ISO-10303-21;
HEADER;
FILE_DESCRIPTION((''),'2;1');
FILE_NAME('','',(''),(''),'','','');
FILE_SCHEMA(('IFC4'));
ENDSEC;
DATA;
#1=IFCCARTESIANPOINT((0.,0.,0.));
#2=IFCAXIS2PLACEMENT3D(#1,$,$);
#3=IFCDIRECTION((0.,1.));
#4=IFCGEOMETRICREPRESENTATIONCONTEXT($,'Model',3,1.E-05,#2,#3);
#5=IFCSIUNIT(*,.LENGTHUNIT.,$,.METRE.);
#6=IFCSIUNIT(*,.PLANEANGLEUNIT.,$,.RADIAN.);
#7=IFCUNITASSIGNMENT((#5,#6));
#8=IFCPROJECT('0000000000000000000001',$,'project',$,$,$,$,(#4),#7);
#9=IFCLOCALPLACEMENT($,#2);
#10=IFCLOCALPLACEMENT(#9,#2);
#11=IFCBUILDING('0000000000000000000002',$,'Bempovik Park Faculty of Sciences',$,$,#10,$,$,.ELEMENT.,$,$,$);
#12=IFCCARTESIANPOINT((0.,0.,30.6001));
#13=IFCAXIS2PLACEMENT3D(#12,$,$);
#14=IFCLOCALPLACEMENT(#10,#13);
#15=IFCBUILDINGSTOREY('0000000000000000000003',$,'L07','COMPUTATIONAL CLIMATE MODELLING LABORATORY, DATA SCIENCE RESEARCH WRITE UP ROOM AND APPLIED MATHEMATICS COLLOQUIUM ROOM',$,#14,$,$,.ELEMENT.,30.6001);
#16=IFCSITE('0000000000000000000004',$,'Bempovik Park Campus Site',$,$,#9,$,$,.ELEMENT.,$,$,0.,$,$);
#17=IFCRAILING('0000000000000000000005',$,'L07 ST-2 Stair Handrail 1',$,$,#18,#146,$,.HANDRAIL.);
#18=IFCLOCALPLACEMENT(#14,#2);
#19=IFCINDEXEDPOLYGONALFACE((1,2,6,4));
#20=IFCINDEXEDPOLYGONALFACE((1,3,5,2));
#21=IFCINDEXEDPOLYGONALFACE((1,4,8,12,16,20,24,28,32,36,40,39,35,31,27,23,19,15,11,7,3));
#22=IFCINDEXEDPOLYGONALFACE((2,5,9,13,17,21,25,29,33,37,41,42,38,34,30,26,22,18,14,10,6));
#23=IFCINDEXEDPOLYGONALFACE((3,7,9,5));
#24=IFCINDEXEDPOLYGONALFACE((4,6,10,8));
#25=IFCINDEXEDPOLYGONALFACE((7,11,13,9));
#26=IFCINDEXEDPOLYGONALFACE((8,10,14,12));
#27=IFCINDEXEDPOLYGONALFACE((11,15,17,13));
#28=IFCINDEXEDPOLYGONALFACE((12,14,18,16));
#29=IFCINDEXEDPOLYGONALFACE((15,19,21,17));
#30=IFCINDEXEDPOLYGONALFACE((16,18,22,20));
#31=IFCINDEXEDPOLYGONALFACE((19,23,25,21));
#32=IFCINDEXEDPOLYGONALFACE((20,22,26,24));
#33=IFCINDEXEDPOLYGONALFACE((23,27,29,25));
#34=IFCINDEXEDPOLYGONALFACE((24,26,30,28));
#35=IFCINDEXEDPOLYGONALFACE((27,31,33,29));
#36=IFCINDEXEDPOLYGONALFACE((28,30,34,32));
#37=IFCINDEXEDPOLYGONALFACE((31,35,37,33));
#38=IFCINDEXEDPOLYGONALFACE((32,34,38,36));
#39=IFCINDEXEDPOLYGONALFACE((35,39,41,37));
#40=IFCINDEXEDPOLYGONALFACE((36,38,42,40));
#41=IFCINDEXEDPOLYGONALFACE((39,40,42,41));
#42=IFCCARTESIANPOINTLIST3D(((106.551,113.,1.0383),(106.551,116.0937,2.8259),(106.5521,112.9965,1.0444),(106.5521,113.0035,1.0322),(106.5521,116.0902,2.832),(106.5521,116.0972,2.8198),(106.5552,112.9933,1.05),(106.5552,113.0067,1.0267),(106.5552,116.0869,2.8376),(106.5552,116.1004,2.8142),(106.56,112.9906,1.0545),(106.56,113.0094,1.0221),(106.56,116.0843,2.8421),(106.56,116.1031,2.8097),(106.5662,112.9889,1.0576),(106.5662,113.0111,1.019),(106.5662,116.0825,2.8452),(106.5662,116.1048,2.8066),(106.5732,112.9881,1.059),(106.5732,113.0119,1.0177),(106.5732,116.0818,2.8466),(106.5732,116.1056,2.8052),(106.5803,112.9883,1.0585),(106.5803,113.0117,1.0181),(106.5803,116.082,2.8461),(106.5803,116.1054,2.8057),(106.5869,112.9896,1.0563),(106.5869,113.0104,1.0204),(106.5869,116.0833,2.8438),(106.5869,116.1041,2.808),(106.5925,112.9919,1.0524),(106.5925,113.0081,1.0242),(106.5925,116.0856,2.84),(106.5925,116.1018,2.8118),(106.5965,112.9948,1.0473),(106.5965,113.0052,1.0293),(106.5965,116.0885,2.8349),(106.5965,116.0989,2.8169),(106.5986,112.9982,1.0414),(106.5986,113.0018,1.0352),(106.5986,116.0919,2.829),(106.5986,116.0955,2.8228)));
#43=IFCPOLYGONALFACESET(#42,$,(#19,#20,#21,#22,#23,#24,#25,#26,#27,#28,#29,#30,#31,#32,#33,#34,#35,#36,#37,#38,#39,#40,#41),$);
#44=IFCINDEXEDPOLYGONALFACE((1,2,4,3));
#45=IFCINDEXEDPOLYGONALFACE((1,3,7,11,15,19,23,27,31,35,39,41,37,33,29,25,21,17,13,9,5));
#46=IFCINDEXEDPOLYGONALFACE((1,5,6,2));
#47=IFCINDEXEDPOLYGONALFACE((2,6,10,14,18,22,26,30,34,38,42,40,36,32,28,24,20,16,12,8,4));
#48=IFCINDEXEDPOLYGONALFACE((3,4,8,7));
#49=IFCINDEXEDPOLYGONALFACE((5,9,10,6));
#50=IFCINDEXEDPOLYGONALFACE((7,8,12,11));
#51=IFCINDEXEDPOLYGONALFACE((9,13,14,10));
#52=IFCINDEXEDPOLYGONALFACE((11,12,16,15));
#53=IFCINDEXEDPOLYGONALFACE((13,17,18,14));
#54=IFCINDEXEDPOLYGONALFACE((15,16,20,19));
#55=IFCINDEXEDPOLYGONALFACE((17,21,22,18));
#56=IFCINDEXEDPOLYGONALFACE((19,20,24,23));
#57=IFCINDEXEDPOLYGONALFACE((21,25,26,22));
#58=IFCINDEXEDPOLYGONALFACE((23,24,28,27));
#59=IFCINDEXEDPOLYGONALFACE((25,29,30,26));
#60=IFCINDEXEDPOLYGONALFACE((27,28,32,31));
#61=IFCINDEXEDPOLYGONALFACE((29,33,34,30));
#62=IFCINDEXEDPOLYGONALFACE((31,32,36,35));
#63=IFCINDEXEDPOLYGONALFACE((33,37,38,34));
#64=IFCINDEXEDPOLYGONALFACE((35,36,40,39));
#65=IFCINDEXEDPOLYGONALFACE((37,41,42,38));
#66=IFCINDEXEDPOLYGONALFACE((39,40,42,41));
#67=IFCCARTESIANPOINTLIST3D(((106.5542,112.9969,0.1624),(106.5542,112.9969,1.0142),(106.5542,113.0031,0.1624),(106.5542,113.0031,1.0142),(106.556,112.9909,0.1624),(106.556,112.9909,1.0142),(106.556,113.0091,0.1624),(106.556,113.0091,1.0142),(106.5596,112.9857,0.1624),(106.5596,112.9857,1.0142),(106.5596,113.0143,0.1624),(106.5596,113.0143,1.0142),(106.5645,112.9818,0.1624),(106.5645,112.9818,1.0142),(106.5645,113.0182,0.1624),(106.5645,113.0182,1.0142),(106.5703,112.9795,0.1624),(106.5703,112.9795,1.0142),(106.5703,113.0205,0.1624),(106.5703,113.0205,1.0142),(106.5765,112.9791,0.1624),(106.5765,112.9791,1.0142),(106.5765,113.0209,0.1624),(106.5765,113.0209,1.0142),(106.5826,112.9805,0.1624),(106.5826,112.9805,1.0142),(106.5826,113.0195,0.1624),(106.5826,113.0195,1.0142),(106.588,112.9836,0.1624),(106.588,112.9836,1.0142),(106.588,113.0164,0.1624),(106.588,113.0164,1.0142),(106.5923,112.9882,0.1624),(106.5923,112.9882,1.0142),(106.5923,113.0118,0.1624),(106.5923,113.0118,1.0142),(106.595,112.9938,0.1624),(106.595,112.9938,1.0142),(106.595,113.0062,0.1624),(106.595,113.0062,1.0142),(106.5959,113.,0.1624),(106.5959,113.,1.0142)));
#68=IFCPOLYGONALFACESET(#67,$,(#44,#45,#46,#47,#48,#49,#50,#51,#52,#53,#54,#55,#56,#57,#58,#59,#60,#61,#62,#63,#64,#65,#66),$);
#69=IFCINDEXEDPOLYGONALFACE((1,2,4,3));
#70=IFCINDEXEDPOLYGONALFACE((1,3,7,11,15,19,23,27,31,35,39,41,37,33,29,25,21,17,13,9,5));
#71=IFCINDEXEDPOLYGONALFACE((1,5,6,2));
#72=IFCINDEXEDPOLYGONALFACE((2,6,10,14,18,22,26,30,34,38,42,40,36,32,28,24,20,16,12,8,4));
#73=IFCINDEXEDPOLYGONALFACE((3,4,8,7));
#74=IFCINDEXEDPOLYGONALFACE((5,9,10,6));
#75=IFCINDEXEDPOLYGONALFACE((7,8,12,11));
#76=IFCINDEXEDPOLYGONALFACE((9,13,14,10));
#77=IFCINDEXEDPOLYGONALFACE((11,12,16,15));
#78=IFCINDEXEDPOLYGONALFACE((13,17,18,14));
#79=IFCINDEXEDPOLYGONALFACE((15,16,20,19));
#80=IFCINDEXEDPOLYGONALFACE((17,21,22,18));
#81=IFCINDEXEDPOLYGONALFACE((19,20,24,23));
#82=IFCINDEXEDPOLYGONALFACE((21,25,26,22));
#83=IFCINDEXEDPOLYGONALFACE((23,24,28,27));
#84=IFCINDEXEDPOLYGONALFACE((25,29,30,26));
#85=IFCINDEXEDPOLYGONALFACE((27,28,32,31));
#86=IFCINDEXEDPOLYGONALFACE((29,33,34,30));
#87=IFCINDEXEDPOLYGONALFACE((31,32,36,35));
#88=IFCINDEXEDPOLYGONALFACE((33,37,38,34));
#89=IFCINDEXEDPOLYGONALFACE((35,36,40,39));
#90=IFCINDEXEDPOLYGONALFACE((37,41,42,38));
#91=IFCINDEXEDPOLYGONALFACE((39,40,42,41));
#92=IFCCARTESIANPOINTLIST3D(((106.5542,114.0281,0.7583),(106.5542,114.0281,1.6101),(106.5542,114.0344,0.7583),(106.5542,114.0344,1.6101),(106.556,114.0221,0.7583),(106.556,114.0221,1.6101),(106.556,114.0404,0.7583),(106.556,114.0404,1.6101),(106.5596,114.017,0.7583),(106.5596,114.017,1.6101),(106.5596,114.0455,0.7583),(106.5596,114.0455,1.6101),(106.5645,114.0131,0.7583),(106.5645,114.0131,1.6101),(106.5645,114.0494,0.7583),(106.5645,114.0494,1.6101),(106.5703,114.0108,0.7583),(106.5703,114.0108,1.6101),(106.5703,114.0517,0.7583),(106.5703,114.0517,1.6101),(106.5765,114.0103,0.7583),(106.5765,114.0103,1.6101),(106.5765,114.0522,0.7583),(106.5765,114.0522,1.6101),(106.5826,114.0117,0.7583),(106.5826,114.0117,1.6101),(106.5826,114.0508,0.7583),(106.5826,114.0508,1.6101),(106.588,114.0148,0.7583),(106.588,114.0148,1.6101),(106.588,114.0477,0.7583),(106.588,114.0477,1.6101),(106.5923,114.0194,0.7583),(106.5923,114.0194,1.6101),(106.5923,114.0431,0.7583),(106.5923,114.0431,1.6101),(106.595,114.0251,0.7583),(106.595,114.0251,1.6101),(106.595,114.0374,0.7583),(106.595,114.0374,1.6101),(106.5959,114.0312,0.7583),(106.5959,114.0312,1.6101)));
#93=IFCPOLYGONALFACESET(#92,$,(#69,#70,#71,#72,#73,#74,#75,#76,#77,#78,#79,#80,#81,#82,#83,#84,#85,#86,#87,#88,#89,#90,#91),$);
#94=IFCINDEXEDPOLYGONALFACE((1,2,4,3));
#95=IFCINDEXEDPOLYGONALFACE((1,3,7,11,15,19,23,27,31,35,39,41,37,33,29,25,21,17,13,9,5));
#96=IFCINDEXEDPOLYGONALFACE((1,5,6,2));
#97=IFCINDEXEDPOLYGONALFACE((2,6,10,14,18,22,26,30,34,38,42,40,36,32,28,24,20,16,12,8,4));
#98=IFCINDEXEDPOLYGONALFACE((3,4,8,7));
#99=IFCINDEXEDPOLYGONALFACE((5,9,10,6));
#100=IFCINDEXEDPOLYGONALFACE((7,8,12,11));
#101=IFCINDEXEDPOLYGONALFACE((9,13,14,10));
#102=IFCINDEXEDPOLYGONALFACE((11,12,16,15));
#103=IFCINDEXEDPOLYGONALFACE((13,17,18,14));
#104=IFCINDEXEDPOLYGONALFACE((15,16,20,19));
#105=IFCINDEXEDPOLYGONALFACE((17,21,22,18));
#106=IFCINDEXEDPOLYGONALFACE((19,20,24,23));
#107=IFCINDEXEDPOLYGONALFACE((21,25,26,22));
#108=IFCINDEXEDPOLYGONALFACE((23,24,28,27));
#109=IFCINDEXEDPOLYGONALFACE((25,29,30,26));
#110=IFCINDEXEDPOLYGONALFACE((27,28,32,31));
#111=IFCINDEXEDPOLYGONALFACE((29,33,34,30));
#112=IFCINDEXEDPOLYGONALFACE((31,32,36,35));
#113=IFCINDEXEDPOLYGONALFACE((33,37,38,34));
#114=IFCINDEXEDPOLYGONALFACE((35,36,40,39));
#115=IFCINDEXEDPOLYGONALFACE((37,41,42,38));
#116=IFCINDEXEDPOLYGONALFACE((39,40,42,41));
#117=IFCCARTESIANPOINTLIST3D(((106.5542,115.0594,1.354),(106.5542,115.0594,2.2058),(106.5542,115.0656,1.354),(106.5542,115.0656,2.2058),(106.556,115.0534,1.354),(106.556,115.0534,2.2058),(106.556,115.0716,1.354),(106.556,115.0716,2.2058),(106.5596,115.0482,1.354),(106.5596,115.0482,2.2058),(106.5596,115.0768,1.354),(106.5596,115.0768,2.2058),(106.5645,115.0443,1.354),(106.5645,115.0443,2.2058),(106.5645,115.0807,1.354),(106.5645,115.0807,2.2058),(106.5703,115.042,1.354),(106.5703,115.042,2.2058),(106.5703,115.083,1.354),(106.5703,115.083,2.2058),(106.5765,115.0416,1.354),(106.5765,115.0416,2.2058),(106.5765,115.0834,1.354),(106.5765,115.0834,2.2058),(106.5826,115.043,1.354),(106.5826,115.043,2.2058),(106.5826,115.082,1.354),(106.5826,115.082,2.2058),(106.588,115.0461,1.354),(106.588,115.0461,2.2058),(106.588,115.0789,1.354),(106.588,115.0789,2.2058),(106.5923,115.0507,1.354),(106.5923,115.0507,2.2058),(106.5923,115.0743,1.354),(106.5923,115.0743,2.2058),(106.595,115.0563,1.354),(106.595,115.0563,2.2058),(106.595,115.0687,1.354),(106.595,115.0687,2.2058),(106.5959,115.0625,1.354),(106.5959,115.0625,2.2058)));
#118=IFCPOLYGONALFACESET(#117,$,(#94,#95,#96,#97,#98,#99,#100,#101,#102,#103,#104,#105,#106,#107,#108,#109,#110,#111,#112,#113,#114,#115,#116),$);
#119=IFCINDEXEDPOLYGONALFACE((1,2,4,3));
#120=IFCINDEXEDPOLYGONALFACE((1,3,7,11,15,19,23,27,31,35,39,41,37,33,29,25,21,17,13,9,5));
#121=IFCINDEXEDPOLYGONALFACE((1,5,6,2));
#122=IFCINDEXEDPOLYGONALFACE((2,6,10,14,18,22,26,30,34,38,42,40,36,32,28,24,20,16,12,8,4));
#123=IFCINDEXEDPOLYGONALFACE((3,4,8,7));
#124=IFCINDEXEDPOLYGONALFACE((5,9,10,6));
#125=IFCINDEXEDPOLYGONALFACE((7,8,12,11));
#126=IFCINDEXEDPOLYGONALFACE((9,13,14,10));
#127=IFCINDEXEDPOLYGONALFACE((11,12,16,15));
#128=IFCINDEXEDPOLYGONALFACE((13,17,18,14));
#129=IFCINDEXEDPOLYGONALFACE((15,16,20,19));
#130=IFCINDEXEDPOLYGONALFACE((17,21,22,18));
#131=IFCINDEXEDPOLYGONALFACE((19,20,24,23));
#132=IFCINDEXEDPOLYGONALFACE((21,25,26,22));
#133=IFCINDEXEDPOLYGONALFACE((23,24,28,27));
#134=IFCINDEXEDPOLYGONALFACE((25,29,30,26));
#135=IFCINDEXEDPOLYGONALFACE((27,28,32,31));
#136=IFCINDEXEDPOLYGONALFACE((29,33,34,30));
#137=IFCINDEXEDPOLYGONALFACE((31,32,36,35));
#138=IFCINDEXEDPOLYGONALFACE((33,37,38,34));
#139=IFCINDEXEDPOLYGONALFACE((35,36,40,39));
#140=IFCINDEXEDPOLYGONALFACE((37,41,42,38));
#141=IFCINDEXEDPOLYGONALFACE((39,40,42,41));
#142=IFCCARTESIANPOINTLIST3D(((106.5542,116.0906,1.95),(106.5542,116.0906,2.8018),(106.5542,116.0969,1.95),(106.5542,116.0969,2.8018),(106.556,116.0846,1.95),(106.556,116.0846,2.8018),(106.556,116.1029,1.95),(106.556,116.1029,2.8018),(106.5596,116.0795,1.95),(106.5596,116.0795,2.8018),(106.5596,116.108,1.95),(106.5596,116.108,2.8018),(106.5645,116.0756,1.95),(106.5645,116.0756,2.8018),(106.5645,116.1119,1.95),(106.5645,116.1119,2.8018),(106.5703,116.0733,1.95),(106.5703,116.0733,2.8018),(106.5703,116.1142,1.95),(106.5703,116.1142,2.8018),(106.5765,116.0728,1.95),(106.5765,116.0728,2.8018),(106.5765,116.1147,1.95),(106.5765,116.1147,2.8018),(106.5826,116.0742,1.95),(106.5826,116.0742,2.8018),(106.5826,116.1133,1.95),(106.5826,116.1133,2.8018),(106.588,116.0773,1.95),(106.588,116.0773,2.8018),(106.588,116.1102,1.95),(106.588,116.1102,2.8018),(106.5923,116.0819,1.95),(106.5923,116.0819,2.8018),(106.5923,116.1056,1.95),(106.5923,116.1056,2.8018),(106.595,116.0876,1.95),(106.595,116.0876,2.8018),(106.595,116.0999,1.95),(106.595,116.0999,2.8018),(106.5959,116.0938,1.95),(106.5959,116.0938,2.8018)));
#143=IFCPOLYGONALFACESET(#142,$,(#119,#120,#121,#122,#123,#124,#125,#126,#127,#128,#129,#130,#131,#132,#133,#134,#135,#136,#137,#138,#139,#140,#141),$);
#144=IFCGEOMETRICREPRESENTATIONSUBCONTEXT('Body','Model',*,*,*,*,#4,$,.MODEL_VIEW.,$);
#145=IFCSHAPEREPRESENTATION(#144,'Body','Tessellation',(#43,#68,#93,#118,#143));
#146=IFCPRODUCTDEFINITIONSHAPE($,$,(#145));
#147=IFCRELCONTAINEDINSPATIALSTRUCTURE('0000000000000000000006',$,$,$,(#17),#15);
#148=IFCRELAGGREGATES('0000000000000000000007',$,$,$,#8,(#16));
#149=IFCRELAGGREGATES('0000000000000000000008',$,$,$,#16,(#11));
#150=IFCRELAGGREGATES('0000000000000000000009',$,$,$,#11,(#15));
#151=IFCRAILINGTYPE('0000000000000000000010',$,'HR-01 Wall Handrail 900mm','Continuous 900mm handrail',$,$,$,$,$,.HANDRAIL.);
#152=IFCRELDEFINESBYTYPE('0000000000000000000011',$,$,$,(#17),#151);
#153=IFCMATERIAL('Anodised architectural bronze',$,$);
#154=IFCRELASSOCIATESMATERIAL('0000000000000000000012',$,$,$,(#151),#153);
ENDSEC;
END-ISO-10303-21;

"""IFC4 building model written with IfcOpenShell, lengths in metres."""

from ifc_helpers import new_model, si_unit, direction, frame, origin, origin_2d, place, context, subcontext, project, spatial, circle, extrude, material, type_object, element, save


model = new_model("IFC4")

# Units and contexts
model_context = context("Model", 3, precision=1e-05, world=origin(), true_north=direction((0.0, 1.0)))
body_context = subcontext(model_context, "Body", "Model", "MODEL_VIEW")
ifc_project = project(units=[si_unit("LENGTHUNIT", "METRE"), si_unit("PLANEANGLEUNIT", "RADIAN")], contexts=[model_context])

# Site, building, storey
site_placement = place(None, origin())
site = spatial("IfcSite", under=ifc_project, at=site_placement, Name="Bempovik Park Campus Site", CompositionType="ELEMENT", RefElevation=0.0)
building_placement = place(site_placement, origin())
building = spatial("IfcBuilding", under=site, at=building_placement, Name="Bempovik Park Faculty of Sciences", CompositionType="ELEMENT")
storey_placement = place(building_placement, frame((0.0, 0.0, 30.6001)))
storey = spatial("IfcBuildingStorey", under=building, at=storey_placement, Name="L07", Description="COMPUTATIONAL CLIMATE MODELLING LABORATORY, DATA SCIENCE RESEARCH WRITE UP ROOM AND APPLIED MATHEMATICS COLLOQUIUM ROOM", CompositionType="ELEMENT", Elevation=30.6001)

# Railing
ifc_material_1 = material(Name="Anodised architectural bronze")
railing_type_1 = type_object("IfcRailingType", Name="HR-01 Wall Handrail 900mm", Description="Continuous 900mm handrail", PredefinedType="HANDRAIL", material=ifc_material_1)
railing_1_placement = place(storey_placement, frame((106.575, 113.0, 0.1624)))
element("IfcRailing", 1, at=railing_1_placement, inside=storey, type_object=railing_type_1, Name="L07 ST-2 Stair Handrail 1", PredefinedType="HANDRAIL", context=body_context, shape_type="SweptSolid", body=[
    extrude(circle(Radius=0.0239, at=origin_2d()), frame((0.0, 0.0, 0.876), z_axis=(0.0, 0.865853, 0.500298), x_axis=(-1.0, 0.0, 0.0)), (0.0, 0.0, 1.0), 3.573),
    extrude(circle(Radius=0.021, at=origin_2d()), origin(), (0.0, 0.0, 1.0), 0.8518),
    extrude(circle(Radius=0.021, at=origin_2d()), frame((0.0, 1.0312, 0.5959)), (0.0, 0.0, 1.0), 0.8518),
    extrude(circle(Radius=0.021, at=origin_2d()), frame((0.0, 2.0625, 1.1917)), (0.0, 0.0, 1.0), 0.8518),
    extrude(circle(Radius=0.021, at=origin_2d()), frame((0.0, 3.0938, 1.7876)), (0.0, 0.0, 1.0), 0.8518),
])

save(model, "model.ifc")
